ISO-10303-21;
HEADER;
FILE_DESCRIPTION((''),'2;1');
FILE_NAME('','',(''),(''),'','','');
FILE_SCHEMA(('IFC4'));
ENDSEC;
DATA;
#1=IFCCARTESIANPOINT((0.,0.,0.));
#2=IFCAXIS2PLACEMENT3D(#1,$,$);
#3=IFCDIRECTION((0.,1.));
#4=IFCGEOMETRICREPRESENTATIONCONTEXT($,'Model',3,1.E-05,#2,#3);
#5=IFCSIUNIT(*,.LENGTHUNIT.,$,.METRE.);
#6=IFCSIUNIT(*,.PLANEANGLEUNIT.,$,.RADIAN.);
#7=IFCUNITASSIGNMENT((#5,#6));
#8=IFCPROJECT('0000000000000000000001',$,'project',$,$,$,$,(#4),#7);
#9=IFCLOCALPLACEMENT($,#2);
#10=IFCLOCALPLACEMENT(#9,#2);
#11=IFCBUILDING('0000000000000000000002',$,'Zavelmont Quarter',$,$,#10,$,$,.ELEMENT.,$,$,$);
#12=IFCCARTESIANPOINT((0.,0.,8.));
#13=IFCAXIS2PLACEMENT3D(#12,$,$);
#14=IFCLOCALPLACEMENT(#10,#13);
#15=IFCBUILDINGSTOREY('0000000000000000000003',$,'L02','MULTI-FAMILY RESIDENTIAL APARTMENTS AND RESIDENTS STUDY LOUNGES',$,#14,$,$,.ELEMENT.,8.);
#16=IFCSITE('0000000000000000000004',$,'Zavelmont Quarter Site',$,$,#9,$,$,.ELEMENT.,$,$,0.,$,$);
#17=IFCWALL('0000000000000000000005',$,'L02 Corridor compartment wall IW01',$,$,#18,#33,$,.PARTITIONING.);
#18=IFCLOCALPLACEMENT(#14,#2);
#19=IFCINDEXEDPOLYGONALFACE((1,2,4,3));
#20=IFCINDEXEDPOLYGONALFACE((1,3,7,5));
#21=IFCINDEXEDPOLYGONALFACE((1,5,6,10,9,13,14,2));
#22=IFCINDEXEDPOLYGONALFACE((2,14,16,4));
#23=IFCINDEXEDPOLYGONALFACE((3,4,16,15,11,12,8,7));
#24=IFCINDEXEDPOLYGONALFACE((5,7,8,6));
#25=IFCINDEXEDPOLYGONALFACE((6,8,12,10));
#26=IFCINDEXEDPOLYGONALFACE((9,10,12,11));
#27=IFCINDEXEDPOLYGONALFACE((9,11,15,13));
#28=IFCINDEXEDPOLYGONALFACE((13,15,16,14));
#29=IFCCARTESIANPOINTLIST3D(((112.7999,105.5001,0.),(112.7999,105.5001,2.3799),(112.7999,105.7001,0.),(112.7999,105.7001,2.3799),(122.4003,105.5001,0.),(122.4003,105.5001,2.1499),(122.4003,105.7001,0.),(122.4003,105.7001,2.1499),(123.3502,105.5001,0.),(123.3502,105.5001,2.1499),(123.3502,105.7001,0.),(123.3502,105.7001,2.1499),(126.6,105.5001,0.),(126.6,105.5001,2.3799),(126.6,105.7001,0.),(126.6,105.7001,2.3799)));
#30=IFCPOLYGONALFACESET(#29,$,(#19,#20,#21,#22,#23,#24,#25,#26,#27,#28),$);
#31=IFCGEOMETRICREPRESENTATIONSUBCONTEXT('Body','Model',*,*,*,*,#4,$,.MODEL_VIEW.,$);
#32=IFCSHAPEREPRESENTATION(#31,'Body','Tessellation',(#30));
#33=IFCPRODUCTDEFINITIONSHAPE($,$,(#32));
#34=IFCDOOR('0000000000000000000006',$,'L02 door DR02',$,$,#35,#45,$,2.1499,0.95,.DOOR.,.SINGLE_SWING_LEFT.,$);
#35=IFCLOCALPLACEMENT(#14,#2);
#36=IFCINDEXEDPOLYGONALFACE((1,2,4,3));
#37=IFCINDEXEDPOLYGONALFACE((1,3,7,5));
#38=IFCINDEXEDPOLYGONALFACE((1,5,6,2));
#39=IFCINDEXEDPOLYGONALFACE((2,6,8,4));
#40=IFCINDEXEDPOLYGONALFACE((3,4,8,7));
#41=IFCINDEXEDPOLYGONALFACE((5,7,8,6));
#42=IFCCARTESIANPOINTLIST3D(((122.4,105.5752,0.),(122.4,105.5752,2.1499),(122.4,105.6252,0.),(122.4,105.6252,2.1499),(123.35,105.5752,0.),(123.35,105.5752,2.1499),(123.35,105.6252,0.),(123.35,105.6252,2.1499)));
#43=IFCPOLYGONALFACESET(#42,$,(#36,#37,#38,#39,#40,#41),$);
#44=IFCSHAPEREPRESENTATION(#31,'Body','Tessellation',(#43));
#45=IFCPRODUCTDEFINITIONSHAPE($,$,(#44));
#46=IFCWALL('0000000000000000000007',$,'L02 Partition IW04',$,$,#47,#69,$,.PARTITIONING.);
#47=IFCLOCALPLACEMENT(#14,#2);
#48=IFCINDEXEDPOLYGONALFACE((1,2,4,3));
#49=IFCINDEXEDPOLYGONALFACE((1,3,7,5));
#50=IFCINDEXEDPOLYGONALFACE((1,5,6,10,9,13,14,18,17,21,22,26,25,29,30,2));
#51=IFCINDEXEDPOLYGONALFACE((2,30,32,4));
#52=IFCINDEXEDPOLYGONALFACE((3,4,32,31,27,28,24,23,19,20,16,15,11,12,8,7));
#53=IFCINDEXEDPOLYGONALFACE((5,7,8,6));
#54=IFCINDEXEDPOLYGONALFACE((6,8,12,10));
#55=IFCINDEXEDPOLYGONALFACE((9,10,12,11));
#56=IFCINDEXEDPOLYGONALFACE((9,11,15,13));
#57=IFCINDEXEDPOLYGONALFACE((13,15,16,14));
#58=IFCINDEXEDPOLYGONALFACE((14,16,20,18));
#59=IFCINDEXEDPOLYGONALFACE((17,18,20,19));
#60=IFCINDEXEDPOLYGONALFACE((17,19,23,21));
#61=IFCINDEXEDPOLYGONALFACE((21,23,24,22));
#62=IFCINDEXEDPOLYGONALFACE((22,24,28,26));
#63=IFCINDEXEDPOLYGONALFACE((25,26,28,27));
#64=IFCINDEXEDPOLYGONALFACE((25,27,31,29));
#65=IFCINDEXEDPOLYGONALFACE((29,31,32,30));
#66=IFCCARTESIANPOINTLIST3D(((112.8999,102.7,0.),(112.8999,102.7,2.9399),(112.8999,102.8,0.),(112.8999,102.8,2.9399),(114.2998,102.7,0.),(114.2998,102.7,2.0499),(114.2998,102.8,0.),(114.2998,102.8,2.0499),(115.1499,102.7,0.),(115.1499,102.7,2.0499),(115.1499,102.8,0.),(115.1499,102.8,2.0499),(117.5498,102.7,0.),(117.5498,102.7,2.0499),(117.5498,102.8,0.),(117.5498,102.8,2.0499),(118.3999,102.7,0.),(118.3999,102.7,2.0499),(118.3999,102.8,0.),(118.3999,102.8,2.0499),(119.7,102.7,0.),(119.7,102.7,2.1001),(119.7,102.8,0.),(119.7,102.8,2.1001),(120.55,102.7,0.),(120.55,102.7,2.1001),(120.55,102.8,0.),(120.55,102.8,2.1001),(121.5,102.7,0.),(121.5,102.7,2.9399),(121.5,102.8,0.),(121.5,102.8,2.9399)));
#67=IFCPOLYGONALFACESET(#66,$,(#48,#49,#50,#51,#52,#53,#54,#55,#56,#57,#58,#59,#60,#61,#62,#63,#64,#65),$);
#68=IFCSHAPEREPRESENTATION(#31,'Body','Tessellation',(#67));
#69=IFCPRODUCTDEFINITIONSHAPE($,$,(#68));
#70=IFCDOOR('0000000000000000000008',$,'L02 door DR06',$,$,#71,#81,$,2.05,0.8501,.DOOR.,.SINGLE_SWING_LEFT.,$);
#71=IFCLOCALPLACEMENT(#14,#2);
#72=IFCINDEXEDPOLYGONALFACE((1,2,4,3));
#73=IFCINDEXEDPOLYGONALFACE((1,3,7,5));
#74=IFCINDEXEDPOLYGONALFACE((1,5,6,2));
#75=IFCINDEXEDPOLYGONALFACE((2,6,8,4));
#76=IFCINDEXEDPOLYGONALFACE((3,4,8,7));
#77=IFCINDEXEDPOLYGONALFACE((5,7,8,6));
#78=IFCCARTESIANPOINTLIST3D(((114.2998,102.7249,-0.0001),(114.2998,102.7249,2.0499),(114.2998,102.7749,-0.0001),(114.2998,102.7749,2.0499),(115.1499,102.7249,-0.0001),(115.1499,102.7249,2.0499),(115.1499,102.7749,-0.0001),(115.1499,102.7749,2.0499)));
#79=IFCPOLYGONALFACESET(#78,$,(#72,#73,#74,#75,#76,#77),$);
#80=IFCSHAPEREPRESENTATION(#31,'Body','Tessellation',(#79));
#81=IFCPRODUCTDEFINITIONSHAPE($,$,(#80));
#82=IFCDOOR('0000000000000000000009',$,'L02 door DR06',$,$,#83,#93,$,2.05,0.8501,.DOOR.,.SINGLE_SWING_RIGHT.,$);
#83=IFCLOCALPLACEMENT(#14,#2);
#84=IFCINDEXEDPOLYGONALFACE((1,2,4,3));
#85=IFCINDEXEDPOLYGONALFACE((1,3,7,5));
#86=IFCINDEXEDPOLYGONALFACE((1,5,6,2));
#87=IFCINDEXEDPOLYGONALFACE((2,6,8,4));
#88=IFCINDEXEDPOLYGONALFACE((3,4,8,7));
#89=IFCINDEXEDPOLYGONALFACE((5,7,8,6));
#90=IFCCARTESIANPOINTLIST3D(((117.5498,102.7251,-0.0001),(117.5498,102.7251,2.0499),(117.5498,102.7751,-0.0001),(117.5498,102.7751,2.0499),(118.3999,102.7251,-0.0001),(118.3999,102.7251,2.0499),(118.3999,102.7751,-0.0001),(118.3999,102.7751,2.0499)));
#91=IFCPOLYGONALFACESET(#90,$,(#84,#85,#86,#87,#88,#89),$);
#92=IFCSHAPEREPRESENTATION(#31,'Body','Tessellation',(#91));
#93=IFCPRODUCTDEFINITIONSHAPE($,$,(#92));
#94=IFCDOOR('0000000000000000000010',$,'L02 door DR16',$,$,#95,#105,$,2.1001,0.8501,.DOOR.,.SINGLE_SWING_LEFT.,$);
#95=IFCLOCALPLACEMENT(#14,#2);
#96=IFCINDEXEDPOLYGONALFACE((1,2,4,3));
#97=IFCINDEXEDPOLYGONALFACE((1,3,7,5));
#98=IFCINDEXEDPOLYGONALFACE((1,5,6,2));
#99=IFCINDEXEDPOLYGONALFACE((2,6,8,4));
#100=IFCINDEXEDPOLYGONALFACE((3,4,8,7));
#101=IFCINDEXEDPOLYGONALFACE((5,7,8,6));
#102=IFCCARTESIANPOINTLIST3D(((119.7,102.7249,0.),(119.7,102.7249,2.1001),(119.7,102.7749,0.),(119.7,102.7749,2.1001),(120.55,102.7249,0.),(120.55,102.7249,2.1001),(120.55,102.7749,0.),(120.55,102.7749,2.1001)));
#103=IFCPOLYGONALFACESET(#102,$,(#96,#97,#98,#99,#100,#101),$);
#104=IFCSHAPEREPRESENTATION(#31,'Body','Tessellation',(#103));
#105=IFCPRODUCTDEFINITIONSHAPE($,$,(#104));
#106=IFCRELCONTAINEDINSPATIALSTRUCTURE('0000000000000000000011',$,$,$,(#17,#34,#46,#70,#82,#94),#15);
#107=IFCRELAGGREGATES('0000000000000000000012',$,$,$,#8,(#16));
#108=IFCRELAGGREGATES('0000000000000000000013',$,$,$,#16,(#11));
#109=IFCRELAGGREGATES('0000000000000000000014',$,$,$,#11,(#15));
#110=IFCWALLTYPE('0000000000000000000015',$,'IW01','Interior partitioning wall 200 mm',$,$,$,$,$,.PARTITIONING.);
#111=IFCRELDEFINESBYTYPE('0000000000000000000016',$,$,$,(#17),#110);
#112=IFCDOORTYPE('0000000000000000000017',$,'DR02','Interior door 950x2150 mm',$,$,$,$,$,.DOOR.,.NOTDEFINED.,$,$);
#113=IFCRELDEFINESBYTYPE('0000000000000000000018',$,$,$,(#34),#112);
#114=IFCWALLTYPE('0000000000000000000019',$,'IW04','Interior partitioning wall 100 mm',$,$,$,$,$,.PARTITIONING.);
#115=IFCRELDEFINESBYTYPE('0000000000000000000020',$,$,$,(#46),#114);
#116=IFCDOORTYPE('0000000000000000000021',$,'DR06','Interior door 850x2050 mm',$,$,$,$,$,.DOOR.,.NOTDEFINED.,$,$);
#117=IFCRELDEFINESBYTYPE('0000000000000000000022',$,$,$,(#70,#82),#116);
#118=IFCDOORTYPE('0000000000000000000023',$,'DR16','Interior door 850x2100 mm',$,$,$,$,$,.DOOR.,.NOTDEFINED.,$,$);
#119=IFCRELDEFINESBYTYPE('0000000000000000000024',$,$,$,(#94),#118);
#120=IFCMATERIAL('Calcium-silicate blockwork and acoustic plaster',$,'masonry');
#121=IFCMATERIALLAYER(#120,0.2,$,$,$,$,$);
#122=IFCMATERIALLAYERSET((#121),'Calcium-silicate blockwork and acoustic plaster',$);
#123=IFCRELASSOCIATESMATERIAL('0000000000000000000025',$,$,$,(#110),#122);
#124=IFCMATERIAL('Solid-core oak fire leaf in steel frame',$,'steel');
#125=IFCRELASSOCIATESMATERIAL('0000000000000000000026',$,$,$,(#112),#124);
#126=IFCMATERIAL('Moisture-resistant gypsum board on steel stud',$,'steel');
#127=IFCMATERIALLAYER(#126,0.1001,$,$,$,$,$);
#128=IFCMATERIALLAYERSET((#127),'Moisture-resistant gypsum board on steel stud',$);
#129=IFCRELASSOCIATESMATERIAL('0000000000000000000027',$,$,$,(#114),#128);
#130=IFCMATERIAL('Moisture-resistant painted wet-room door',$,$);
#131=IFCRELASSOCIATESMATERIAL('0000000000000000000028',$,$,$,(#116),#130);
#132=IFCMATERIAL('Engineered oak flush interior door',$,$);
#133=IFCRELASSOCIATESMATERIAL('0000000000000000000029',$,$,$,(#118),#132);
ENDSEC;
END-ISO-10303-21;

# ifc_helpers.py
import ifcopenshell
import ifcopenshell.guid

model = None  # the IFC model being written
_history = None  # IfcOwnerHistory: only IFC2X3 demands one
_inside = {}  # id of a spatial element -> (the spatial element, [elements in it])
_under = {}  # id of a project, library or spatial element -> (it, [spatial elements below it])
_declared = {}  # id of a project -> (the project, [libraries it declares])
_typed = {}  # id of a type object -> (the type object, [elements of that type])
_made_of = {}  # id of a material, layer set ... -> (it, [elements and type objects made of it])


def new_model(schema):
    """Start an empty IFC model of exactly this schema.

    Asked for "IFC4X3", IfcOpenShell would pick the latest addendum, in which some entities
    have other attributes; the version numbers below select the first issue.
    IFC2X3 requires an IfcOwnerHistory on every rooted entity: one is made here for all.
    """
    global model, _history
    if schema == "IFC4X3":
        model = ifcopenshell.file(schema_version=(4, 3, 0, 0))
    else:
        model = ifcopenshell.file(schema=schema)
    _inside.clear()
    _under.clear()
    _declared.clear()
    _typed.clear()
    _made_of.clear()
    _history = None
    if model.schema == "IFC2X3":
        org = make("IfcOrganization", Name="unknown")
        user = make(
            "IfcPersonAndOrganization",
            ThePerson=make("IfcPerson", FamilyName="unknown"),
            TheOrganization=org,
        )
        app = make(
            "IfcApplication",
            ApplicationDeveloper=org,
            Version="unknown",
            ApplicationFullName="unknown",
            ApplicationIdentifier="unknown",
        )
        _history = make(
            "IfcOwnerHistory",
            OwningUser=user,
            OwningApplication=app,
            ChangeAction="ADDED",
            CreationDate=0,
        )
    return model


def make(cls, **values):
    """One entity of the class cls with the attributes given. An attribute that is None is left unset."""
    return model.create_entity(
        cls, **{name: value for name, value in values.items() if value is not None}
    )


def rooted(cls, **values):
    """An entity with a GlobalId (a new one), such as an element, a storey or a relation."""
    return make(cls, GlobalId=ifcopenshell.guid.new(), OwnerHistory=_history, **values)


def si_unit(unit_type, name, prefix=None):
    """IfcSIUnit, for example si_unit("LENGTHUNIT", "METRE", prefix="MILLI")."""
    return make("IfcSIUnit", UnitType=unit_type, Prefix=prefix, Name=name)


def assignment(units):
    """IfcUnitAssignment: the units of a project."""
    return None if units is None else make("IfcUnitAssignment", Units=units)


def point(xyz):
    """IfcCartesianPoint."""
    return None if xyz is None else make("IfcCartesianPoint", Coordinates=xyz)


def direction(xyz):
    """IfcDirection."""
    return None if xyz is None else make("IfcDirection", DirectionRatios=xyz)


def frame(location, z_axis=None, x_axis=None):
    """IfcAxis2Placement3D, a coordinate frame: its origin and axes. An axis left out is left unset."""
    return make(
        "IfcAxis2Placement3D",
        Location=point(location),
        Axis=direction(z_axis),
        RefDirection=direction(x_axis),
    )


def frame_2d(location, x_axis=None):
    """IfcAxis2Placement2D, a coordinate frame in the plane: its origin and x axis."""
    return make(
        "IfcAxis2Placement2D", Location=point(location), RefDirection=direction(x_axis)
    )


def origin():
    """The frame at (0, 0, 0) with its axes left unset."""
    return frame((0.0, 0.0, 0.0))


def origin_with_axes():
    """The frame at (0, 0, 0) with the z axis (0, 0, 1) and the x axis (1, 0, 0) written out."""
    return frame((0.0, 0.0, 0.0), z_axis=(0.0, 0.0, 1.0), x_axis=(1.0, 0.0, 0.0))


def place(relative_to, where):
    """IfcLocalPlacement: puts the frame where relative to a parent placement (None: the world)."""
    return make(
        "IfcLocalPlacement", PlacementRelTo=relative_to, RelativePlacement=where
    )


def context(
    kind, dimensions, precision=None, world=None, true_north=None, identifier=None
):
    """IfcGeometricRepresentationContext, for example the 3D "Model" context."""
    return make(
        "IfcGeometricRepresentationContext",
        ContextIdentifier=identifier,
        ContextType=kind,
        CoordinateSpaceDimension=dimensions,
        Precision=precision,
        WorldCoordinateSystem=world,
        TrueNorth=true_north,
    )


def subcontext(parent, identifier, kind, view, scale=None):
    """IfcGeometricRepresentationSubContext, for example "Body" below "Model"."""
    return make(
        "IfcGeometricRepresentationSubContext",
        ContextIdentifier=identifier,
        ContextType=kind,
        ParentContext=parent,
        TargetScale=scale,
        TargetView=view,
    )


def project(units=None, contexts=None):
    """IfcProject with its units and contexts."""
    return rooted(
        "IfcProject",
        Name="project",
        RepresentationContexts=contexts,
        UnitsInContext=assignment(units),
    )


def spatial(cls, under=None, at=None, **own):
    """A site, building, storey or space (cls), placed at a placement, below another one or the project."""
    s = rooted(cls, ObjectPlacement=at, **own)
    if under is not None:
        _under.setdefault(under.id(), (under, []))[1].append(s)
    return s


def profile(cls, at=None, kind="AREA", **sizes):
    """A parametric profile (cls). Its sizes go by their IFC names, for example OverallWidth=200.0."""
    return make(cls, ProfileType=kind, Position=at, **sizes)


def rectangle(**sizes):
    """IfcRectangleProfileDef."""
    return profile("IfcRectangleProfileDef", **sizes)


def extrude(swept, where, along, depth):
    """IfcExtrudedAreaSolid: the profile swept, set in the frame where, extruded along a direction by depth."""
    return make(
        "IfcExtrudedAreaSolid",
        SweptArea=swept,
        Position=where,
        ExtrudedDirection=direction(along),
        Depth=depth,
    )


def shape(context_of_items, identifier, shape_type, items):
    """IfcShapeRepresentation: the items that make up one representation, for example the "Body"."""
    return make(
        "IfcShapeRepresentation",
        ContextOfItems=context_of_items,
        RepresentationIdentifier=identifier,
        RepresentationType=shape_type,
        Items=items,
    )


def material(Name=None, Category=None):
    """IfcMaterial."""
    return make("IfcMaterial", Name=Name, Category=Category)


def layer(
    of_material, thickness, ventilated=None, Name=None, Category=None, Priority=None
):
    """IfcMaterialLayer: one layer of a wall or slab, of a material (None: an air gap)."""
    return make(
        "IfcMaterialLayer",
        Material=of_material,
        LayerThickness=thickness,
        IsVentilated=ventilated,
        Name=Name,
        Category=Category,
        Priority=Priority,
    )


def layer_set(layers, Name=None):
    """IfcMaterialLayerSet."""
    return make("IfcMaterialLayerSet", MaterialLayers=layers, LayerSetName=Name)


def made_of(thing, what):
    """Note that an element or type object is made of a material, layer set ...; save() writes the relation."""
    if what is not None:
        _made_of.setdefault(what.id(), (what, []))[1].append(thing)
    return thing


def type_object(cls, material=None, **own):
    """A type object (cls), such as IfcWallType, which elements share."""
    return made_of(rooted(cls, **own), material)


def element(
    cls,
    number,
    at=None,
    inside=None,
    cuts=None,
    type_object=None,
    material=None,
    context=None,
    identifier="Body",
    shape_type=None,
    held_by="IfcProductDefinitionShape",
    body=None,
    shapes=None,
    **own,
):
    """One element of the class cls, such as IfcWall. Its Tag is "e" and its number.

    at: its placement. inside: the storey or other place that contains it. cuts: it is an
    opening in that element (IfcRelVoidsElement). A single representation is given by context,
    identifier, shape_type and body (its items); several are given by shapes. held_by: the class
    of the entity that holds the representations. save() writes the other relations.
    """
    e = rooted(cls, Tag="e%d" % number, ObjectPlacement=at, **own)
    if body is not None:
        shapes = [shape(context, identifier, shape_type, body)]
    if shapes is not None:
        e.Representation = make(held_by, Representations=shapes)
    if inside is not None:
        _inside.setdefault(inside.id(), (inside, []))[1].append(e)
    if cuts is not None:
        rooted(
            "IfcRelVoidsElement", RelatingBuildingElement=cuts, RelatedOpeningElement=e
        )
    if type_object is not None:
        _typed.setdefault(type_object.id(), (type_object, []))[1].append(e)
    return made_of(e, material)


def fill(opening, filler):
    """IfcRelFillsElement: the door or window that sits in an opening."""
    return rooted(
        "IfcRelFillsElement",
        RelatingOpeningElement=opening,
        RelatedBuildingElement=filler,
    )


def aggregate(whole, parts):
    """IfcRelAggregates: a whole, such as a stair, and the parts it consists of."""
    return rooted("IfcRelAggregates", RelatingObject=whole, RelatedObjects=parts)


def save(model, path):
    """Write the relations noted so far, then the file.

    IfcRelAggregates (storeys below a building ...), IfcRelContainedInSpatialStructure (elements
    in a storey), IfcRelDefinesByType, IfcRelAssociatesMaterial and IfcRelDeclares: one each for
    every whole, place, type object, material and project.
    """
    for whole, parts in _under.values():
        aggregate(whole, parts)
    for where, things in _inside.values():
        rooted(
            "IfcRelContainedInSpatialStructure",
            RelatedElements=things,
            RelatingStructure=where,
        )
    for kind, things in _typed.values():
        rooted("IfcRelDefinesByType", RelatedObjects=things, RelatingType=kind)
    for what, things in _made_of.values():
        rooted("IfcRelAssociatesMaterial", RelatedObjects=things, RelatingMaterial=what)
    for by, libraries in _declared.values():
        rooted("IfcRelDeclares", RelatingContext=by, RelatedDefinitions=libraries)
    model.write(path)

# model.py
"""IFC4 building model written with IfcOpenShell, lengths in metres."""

from ifc_helpers import new_model, si_unit, direction, frame, frame_2d, origin, origin_with_axes, place, context, subcontext, project, spatial, rectangle, extrude, material, layer, layer_set, type_object, element, fill, save


model = new_model("IFC4")

# Units and contexts
model_context = context("Model", 3, precision=1e-05, world=origin(), true_north=direction((0.0, 1.0)))
body_context = subcontext(model_context, "Body", "Model", "MODEL_VIEW")
ifc_project = project(units=[si_unit("LENGTHUNIT", "METRE"), si_unit("PLANEANGLEUNIT", "RADIAN")], contexts=[model_context])

# Site, building, storey
site_placement = place(None, origin())
site = spatial("IfcSite", under=ifc_project, at=site_placement, Name="Zavelmont Quarter Site", CompositionType="ELEMENT", RefElevation=0.0)
building_placement = place(site_placement, origin())
building = spatial("IfcBuilding", under=site, at=building_placement, Name="Zavelmont Quarter", CompositionType="ELEMENT")
storey_placement = place(building_placement, frame((0.0, 0.0, 8.0)))
storey = spatial("IfcBuildingStorey", under=building, at=storey_placement, Name="L02", Description="MULTI-FAMILY RESIDENTIAL APARTMENTS AND RESIDENTS STUDY LOUNGES", CompositionType="ELEMENT", Elevation=8.0)

# Wall, opening, door
ifc_material_1 = material(Name="Calcium-silicate blockwork and acoustic plaster", Category="masonry")
ifc_layer_1 = layer(ifc_material_1, 0.2)
ifc_layer_set_1 = layer_set([ifc_layer_1], Name="Calcium-silicate blockwork and acoustic plaster")
wall_type_1 = type_object("IfcWallType", Name="IW01", Description="Interior partitioning wall 200 mm", PredefinedType="PARTITIONING", material=ifc_layer_set_1)
wall_1_placement = place(storey_placement, frame((112.8, 105.6001, 0.0), z_axis=(0.0, 0.0, 1.0), x_axis=(1.0, 0.0, 0.0)))
wall_1 = element("IfcWall", 1, at=wall_1_placement, inside=storey, type_object=wall_type_1, Name="L02 Corridor compartment wall IW01", PredefinedType="PARTITIONING", context=body_context, shape_type="SweptSolid", body=[
    extrude(rectangle(XDim=13.8, YDim=0.2, at=frame_2d((6.8999, 0.0))), origin(), (0.0, 0.0, 1.0), 2.3799),
])
opening_1_placement = place(wall_1_placement, frame((9.6001, 0.0, 0.0)))
opening_1 = element("IfcOpeningElement", 2, at=opening_1_placement, cuts=wall_1, PredefinedType="OPENING", context=body_context, shape_type="SweptSolid", body=[
    extrude(rectangle(XDim=0.95, YDim=2.1499, at=frame_2d((0.4751, 1.075))), frame((0.0, 0.1118, 0.0), z_axis=(0.0, -1.0, 0.0), x_axis=(1.0, 0.0, 0.0)), (0.0, 0.0, 1.0), 0.2239),
])
ifc_material_2 = material(Name="Solid-core oak fire leaf in steel frame", Category="steel")
door_type_1 = type_object("IfcDoorType", Name="DR02", Description="Interior door 950x2150 mm", OperationType="NOTDEFINED", PredefinedType="DOOR", material=ifc_material_2)
door_1_placement = place(opening_1_placement, frame((0.95, 0.0, 0.0), z_axis=(0.0, 0.0, 1.0), x_axis=(-1.0, 0.0, 0.0)))
door_1 = element("IfcDoor", 3, at=door_1_placement, inside=storey, type_object=door_type_1, Name="L02 door DR02", OperationType="SINGLE_SWING_LEFT", OverallHeight=2.1499, OverallWidth=0.95, PredefinedType="DOOR", context=body_context, shape_type="SweptSolid", body=[
    extrude(rectangle(XDim=0.95, YDim=2.1499, at=frame_2d((0.4751, 1.075))), frame((0.0, 0.0249, 0.0), z_axis=(0.0, -1.0, 0.0), x_axis=(1.0, 0.0, 0.0)), (0.0, 0.0, 1.0), 0.05),
])
fill(opening_1, door_1)

# Wall, openings, doors
ifc_material_3 = material(Name="Moisture-resistant gypsum board on steel stud", Category="steel")
ifc_layer_2 = layer(ifc_material_3, 0.1001)
ifc_layer_set_2 = layer_set([ifc_layer_2], Name="Moisture-resistant gypsum board on steel stud")
wall_type_2 = type_object("IfcWallType", Name="IW04", Description="Interior partitioning wall 100 mm", PredefinedType="PARTITIONING", material=ifc_layer_set_2)
wall_2_placement = place(storey_placement, frame((112.8999, 102.75, 0.0), z_axis=(0.0, 0.0, 1.0), x_axis=(1.0, 0.0, 0.0)))
wall_2 = element("IfcWall", 4, at=wall_2_placement, inside=storey, type_object=wall_type_2, Name="L02 Partition IW04", PredefinedType="PARTITIONING", context=body_context, shape_type="SweptSolid", body=[
    extrude(rectangle(XDim=8.6001, YDim=0.1001, at=frame_2d((4.3, 0.0))), origin(), (0.0, 0.0, 1.0), 2.9399),
])
opening_2_placement = place(wall_2_placement, frame((1.3999, 0.0, 0.0)))
opening_2 = element("IfcOpeningElement", 5, at=opening_2_placement, cuts=wall_2, PredefinedType="OPENING", context=body_context, shape_type="SweptSolid", body=[
    extrude(rectangle(XDim=0.8501, YDim=2.05, at=frame_2d((0.425, 1.0249))), frame((0.0, 0.062, 0.0), z_axis=(0.0, -1.0, 0.0), x_axis=(1.0, 0.0, 0.0)), (0.0, 0.0, 1.0), 0.124),
])
opening_3_placement = place(wall_2_placement, frame((4.6499, 0.0, 0.0)))
opening_3 = element("IfcOpeningElement", 6, at=opening_3_placement, cuts=wall_2, PredefinedType="OPENING", context=body_context, shape_type="SweptSolid", body=[
    extrude(rectangle(XDim=0.8501, YDim=2.05, at=frame_2d((0.425, 1.0249))), frame((0.0, 0.062, 0.0), z_axis=(0.0, -1.0, 0.0), x_axis=(1.0, 0.0, 0.0)), (0.0, 0.0, 1.0), 0.124),
])
opening_4_placement = place(wall_2_placement, frame((6.8, 0.0, 0.0)))
opening_4 = element("IfcOpeningElement", 7, at=opening_4_placement, cuts=wall_2, PredefinedType="OPENING", context=body_context, shape_type="SweptSolid", body=[
    extrude(rectangle(XDim=0.8501, YDim=2.1001, at=frame_2d((0.425, 1.05))), frame((0.0, 0.062, 0.0), z_axis=(0.0, -1.0, 0.0), x_axis=(1.0, 0.0, 0.0)), (0.0, 0.0, 1.0), 0.124),
])
ifc_material_4 = material(Name="Moisture-resistant painted wet-room door")
door_type_2 = type_object("IfcDoorType", Name="DR06", Description="Interior door 850x2050 mm", OperationType="NOTDEFINED", PredefinedType="DOOR", material=ifc_material_4)
door_2_placement = place(opening_2_placement, origin_with_axes())
door_2 = element("IfcDoor", 8, at=door_2_placement, inside=storey, type_object=door_type_2, Name="L02 door DR06", OperationType="SINGLE_SWING_LEFT", OverallHeight=2.05, OverallWidth=0.8501, PredefinedType="DOOR", context=body_context, shape_type="SweptSolid", body=[
    extrude(rectangle(XDim=0.8501, YDim=2.05, at=frame_2d((0.425, 1.0249))), frame((0.0, 0.0249, 0.0), z_axis=(0.0, -1.0, 0.0), x_axis=(1.0, 0.0, 0.0)), (0.0, 0.0, 1.0), 0.05),
])
fill(opening_2, door_2)
door_3_placement = place(opening_3_placement, frame((0.8501, 0.0, 0.0), z_axis=(0.0, 0.0, 1.0), x_axis=(-1.0, 0.0, 0.0)))
door_3 = element("IfcDoor", 9, at=door_3_placement, inside=storey, type_object=door_type_2, Name="L02 door DR06", OperationType="SINGLE_SWING_RIGHT", OverallHeight=2.05, OverallWidth=0.8501, PredefinedType="DOOR", context=body_context, shape_type="SweptSolid", body=[
    extrude(rectangle(XDim=0.8501, YDim=2.05, at=frame_2d((0.425, 1.0249))), frame((0.0, 0.0249, 0.0), z_axis=(0.0, -1.0, 0.0), x_axis=(1.0, 0.0, 0.0)), (0.0, 0.0, 1.0), 0.05),
])
fill(opening_3, door_3)
ifc_material_5 = material(Name="Engineered oak flush interior door")
door_type_3 = type_object("IfcDoorType", Name="DR16", Description="Interior door 850x2100 mm", OperationType="NOTDEFINED", PredefinedType="DOOR", material=ifc_material_5)
door_4_placement = place(opening_4_placement, origin_with_axes())
door_4 = element("IfcDoor", 10, at=door_4_placement, inside=storey, type_object=door_type_3, Name="L02 door DR16", OperationType="SINGLE_SWING_LEFT", OverallHeight=2.1001, OverallWidth=0.8501, PredefinedType="DOOR", context=body_context, shape_type="SweptSolid", body=[
    extrude(rectangle(XDim=0.8501, YDim=2.1001, at=frame_2d((0.425, 1.05))), frame((0.0, 0.0249, 0.0), z_axis=(0.0, -1.0, 0.0), x_axis=(1.0, 0.0, 0.0)), (0.0, 0.0, 1.0), 0.05),
])
fill(opening_4, door_4)

save(model, "model.ifc")
